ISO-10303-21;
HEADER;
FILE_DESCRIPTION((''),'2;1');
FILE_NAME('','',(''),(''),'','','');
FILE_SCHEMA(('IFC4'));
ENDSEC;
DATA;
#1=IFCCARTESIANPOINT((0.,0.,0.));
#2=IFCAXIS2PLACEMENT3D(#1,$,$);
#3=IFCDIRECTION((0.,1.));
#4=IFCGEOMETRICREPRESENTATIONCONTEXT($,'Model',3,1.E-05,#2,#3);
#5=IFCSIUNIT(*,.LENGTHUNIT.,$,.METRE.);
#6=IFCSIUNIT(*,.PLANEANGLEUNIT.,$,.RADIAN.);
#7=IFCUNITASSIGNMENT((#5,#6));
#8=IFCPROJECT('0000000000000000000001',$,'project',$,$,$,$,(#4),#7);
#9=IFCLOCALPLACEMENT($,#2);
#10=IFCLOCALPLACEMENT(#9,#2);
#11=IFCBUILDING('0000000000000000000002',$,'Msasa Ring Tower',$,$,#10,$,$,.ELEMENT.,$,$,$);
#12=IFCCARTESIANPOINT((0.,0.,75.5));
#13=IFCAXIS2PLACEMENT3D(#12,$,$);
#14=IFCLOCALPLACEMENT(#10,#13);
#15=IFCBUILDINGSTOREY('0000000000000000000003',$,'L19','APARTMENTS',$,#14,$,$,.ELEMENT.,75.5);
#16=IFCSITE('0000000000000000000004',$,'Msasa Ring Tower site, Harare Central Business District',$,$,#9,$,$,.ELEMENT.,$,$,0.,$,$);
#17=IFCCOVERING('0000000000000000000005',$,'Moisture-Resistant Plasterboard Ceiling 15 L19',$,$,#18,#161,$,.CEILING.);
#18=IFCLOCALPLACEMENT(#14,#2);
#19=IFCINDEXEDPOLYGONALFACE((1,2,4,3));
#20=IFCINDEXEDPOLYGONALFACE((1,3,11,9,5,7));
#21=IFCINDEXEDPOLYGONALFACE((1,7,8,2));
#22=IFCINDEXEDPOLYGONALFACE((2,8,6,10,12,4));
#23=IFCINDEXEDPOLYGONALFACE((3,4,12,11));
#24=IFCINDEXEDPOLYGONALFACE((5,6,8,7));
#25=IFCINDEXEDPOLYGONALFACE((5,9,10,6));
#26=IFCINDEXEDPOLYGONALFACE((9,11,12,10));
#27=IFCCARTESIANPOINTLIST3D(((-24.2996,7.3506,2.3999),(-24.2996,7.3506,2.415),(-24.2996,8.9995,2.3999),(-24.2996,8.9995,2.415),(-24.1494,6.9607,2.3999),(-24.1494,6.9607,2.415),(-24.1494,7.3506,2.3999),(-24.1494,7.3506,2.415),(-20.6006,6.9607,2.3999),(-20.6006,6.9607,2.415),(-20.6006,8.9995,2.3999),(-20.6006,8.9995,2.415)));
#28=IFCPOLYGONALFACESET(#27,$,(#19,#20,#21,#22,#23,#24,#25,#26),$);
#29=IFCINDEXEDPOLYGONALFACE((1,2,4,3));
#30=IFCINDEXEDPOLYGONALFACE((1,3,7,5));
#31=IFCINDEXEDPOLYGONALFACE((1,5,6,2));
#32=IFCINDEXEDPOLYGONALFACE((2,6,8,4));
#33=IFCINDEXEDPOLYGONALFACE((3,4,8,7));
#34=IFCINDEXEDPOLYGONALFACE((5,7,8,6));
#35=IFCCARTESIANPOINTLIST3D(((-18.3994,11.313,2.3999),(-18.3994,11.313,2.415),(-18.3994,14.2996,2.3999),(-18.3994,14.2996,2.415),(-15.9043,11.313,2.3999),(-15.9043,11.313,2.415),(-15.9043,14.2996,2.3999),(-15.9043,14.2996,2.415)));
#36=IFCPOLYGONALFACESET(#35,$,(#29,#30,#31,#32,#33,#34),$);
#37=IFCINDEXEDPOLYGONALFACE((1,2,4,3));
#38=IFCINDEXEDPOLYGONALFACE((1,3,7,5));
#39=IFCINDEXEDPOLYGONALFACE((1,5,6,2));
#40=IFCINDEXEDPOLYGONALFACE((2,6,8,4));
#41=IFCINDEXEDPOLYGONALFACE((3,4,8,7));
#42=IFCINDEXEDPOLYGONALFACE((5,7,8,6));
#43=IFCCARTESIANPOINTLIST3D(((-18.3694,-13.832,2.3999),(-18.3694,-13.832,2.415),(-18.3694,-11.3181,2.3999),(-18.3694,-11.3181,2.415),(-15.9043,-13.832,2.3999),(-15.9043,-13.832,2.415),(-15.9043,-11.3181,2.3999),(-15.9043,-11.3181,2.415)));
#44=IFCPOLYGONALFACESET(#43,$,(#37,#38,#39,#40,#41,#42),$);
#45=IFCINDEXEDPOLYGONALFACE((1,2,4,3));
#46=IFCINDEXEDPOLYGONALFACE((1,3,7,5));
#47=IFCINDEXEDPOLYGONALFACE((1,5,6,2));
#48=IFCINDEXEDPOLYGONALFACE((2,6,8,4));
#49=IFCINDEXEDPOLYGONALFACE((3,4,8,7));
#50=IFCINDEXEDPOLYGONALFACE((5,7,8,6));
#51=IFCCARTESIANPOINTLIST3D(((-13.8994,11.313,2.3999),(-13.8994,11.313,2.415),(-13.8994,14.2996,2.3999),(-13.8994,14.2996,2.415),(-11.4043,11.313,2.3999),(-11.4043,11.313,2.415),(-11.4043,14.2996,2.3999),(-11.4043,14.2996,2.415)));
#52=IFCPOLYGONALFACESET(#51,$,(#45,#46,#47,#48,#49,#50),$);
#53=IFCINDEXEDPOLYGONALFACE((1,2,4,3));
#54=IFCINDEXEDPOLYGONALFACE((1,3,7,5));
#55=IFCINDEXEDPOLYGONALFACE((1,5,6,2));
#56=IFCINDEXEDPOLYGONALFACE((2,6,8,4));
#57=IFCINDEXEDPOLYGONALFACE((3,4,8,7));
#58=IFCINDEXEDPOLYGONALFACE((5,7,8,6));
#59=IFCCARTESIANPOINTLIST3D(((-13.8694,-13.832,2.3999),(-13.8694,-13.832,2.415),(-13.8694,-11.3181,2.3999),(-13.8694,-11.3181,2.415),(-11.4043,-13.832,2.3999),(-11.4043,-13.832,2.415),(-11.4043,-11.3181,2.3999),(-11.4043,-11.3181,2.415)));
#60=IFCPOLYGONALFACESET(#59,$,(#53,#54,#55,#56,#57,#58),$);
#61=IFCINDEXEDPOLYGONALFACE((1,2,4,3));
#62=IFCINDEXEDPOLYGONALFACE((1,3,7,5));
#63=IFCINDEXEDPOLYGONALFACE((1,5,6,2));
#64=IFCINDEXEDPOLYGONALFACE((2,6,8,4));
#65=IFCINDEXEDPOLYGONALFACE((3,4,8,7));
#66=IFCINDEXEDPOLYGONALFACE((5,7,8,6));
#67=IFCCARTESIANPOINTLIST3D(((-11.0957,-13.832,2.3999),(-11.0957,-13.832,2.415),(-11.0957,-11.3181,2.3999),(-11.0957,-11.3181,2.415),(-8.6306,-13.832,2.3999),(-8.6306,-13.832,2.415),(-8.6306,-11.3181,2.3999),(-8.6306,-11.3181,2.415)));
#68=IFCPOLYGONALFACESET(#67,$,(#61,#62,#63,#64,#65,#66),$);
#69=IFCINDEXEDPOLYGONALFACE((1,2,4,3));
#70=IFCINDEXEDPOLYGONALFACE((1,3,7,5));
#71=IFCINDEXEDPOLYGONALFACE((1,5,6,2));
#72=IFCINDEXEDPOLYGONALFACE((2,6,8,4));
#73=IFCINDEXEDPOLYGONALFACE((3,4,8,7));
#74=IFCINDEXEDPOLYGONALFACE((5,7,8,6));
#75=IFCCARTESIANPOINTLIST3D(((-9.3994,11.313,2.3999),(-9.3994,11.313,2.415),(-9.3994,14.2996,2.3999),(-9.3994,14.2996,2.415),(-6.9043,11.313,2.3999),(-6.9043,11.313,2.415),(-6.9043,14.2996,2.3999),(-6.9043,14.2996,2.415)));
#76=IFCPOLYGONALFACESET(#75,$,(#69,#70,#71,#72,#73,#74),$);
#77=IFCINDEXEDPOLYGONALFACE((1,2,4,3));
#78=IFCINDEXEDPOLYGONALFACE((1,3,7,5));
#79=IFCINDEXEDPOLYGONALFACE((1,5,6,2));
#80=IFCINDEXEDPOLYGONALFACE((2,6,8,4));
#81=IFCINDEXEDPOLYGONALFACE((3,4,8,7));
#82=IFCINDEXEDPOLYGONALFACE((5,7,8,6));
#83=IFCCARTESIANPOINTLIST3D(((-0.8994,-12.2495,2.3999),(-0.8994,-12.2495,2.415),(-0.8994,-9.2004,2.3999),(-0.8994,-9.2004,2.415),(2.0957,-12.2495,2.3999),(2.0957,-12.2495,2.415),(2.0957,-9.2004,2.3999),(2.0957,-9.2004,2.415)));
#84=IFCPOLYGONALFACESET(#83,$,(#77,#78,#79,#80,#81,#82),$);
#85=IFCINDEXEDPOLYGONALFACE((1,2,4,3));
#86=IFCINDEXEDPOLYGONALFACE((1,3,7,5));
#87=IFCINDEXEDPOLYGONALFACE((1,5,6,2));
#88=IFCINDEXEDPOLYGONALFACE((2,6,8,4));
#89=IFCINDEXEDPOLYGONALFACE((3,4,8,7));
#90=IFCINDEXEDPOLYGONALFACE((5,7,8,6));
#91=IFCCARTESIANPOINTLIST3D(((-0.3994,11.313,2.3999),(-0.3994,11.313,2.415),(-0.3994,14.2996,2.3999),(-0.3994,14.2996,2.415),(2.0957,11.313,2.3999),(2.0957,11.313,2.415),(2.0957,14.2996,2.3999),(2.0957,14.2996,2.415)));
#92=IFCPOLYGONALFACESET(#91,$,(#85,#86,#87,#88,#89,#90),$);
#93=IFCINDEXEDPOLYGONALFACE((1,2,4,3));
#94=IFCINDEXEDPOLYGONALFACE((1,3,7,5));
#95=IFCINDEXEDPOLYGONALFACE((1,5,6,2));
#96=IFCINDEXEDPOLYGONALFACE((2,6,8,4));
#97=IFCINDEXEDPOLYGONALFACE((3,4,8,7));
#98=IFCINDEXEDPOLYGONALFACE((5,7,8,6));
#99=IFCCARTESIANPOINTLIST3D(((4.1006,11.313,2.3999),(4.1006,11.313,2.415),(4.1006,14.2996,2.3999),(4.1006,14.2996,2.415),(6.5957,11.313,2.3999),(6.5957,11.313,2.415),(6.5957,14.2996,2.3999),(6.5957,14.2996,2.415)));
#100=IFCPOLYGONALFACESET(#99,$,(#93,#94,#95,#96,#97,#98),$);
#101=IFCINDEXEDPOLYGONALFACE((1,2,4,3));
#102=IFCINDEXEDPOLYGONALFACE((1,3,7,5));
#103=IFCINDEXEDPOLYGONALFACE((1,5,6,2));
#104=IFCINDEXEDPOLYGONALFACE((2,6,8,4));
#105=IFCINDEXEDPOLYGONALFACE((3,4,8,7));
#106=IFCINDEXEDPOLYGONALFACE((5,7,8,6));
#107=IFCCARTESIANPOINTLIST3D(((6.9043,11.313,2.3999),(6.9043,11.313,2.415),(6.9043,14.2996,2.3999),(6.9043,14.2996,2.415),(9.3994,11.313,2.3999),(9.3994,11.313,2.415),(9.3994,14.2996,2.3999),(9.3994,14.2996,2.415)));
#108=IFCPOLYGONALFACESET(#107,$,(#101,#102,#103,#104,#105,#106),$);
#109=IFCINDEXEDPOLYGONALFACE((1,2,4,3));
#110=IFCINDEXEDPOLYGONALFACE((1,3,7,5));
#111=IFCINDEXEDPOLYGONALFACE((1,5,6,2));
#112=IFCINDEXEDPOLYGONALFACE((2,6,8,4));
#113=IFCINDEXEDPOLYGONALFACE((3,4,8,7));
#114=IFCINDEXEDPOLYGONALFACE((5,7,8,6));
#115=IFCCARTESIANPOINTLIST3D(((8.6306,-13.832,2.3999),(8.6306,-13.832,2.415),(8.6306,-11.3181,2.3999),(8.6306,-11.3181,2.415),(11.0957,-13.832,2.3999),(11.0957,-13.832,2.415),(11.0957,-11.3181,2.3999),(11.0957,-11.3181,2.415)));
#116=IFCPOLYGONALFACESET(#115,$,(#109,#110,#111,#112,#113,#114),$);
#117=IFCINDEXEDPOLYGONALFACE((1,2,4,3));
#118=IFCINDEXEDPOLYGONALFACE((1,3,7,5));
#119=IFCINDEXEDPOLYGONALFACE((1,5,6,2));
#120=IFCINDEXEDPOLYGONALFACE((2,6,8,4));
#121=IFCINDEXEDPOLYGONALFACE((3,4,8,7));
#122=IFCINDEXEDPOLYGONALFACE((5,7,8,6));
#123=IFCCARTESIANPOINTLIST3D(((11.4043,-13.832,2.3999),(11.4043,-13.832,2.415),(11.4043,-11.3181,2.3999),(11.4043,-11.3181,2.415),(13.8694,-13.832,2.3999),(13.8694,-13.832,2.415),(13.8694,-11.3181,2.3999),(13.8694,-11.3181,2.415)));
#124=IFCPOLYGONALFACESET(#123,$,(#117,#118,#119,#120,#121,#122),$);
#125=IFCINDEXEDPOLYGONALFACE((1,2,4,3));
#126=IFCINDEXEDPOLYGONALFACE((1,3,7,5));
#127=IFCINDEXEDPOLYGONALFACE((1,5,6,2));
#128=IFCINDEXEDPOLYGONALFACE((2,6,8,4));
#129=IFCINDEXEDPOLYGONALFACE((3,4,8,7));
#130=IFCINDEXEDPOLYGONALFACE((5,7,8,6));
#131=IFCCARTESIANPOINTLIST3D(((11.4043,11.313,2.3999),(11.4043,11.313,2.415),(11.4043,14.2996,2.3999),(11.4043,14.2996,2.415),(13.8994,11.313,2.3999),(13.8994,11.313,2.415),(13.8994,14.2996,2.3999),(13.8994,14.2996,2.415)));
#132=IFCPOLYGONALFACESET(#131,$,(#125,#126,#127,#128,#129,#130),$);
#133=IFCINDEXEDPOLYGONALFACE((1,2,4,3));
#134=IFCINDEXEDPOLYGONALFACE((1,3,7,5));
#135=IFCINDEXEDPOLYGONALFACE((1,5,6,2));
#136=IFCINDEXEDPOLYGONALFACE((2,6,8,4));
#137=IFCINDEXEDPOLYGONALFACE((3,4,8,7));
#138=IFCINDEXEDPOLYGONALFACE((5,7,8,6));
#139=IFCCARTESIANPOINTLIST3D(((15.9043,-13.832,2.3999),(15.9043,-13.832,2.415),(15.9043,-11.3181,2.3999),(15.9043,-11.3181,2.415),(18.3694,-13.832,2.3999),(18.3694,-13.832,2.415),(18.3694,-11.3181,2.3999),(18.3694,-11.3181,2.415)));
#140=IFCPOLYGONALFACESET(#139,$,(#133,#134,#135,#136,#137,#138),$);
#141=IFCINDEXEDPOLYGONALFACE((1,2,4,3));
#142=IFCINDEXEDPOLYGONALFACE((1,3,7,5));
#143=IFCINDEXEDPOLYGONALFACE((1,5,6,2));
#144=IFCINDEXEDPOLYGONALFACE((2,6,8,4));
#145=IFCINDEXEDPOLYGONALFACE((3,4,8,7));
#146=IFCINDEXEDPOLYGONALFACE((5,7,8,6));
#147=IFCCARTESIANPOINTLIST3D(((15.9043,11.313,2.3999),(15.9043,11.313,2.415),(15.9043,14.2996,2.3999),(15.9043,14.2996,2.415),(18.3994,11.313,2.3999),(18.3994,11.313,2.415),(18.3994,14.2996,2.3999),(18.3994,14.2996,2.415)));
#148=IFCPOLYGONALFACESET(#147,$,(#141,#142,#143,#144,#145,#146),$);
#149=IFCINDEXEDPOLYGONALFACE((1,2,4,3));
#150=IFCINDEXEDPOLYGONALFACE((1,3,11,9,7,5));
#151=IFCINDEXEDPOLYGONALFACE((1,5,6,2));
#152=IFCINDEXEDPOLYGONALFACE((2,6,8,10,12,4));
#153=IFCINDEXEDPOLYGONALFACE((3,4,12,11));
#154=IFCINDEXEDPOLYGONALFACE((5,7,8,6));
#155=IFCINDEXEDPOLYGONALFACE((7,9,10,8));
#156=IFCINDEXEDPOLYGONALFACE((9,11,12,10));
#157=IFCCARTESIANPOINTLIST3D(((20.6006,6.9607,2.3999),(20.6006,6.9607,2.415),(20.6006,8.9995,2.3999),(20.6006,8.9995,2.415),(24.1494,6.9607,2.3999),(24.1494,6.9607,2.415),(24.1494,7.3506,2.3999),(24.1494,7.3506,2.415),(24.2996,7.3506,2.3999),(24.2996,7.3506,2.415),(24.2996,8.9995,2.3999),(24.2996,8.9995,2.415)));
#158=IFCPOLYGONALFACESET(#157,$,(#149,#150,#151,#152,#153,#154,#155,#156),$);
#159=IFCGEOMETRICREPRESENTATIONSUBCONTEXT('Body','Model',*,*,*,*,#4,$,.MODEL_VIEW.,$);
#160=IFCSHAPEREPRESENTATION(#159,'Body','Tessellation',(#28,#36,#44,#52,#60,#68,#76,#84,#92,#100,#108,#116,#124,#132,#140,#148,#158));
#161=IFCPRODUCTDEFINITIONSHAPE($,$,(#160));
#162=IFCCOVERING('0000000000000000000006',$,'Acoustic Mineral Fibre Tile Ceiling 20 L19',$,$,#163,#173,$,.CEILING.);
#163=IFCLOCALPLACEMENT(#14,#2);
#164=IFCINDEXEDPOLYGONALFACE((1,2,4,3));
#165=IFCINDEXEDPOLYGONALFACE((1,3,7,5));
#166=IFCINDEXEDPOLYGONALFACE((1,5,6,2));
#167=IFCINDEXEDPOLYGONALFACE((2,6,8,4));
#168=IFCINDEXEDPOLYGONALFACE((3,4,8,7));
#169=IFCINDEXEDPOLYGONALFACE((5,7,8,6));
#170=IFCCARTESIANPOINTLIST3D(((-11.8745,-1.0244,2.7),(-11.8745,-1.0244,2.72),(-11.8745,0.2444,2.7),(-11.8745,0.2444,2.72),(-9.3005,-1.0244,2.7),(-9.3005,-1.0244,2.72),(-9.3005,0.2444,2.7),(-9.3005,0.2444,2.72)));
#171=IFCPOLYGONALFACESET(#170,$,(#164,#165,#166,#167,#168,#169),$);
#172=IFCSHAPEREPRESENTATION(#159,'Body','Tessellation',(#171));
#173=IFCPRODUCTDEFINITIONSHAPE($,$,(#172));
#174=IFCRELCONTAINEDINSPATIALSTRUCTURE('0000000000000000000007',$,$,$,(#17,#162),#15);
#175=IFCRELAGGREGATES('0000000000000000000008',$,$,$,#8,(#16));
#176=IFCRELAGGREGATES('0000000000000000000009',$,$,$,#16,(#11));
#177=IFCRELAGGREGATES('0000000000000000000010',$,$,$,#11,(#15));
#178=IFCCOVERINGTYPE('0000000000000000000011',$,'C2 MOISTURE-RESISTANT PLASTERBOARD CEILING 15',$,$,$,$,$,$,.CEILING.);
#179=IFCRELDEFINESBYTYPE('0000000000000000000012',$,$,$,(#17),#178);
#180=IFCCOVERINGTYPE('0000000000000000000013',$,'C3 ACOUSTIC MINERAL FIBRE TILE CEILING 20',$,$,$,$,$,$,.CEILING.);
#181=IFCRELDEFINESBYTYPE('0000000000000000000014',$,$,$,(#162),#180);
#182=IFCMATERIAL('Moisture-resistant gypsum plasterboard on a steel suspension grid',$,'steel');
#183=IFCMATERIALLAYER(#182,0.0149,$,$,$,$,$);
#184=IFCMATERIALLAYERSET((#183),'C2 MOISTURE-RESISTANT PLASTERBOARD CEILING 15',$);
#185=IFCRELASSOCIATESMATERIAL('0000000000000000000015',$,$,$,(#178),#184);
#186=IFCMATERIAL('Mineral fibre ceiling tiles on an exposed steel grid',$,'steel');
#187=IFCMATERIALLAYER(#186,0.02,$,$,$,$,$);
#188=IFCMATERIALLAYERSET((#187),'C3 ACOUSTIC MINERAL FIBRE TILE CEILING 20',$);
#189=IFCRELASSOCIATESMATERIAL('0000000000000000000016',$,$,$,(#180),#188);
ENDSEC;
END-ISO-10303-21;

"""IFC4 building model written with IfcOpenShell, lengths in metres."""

from ifc_helpers import new_model, si_unit, direction, frame, origin, place, context, subcontext, project, spatial, line, indexed_curve, outline, extrude, material, layer, layer_set, type_object, element, save


model = new_model("IFC4")

# Units and contexts
model_context = context("Model", 3, precision=1e-05, world=origin(), true_north=direction((0.0, 1.0)))
body_context = subcontext(model_context, "Body", "Model", "MODEL_VIEW")
ifc_project = project(units=[si_unit("LENGTHUNIT", "METRE"), si_unit("PLANEANGLEUNIT", "RADIAN")], contexts=[model_context])

# Site, building, storey
site_placement = place(None, origin())
site = spatial("IfcSite", under=ifc_project, at=site_placement, Name="Msasa Ring Tower site, Harare Central Business District", CompositionType="ELEMENT", RefElevation=0.0)
building_placement = place(site_placement, origin())
building = spatial("IfcBuilding", under=site, at=building_placement, Name="Msasa Ring Tower", CompositionType="ELEMENT")
storey_placement = place(building_placement, frame((0.0, 0.0, 75.5)))
storey = spatial("IfcBuildingStorey", under=building, at=storey_placement, Name="L19", Description="APARTMENTS", CompositionType="ELEMENT", Elevation=75.5)

# Coverings
ifc_material_1 = material(Name="Moisture-resistant gypsum plasterboard on a steel suspension grid", Category="steel")
ifc_layer_1 = layer(ifc_material_1, 0.0149)
ifc_layer_set_1 = layer_set([ifc_layer_1], Name="C2 MOISTURE-RESISTANT PLASTERBOARD CEILING 15")
covering_type_1 = type_object("IfcCoveringType", Name="C2 MOISTURE-RESISTANT PLASTERBOARD CEILING 15", PredefinedType="CEILING", material=ifc_layer_set_1)
covering_1_placement = place(storey_placement, frame((0.0, 0.0, 2.3999)))
element("IfcCovering", 1, at=covering_1_placement, inside=storey, type_object=covering_type_1, Name="Moisture-Resistant Plasterboard Ceiling 15 L19", PredefinedType="CEILING", context=body_context, shape_type="SweptSolid", body=[
    extrude(outline(indexed_curve([(-20.6006, 6.9607), (-24.1494, 6.9607), (-24.1494, 7.3506), (-24.2996, 7.3506), (-24.2996, 8.9995), (-20.6006, 8.9995)], segments=[line(1, 2, 3, 4, 5, 6, 1)], self_intersect=False)), origin(), (0.0, 0.0, 1.0), 0.0151),
    extrude(outline(indexed_curve([(-18.3994, 14.2996), (-15.9043, 14.2996), (-15.9043, 11.313), (-18.3994, 11.313)], segments=[line(1, 2, 3, 4, 1)], self_intersect=False)), origin(), (0.0, 0.0, 1.0), 0.0151),
    extrude(outline(indexed_curve([(-18.3694, -11.3181), (-15.9043, -11.3181), (-15.9043, -13.832), (-18.3694, -13.832)], segments=[line(1, 2, 3, 4, 1)], self_intersect=False)), origin(), (0.0, 0.0, 1.0), 0.0151),
    extrude(outline(indexed_curve([(-13.8994, 14.2996), (-11.4043, 14.2996), (-11.4043, 11.313), (-13.8994, 11.313)], segments=[line(1, 2, 3, 4, 1)], self_intersect=False)), origin(), (0.0, 0.0, 1.0), 0.0151),
    extrude(outline(indexed_curve([(-13.8694, -11.3181), (-11.4043, -11.3181), (-11.4043, -13.832), (-13.8694, -13.832)], segments=[line(1, 2, 3, 4, 1)], self_intersect=False)), origin(), (0.0, 0.0, 1.0), 0.0151),
    extrude(outline(indexed_curve([(-8.6306, -11.3181), (-8.6306, -13.832), (-11.0957, -13.832), (-11.0957, -11.3181)], segments=[line(1, 2, 3, 4, 1)], self_intersect=False)), origin(), (0.0, 0.0, 1.0), 0.0151),
    extrude(outline(indexed_curve([(-9.3994, 14.2996), (-6.9043, 14.2996), (-6.9043, 11.313), (-9.3994, 11.313)], segments=[line(1, 2, 3, 4, 1)], self_intersect=False)), origin(), (0.0, 0.0, 1.0), 0.0151),
    extrude(outline(indexed_curve([(-0.8994, -9.2004), (2.0957, -9.2004), (2.0957, -12.2495), (-0.8994, -12.2495)], segments=[line(1, 2, 3, 4, 1)], self_intersect=False)), origin(), (0.0, 0.0, 1.0), 0.0151),
    extrude(outline(indexed_curve([(-0.3994, 14.2996), (2.0957, 14.2996), (2.0957, 11.313), (-0.3994, 11.313)], segments=[line(1, 2, 3, 4, 1)], self_intersect=False)), origin(), (0.0, 0.0, 1.0), 0.0151),
    extrude(outline(indexed_curve([(4.1006, 14.2996), (6.5957, 14.2996), (6.5957, 11.313), (4.1006, 11.313)], segments=[line(1, 2, 3, 4, 1)], self_intersect=False)), origin(), (0.0, 0.0, 1.0), 0.0151),
    extrude(outline(indexed_curve([(9.3994, 14.2996), (9.3994, 11.313), (6.9043, 11.313), (6.9043, 14.2996)], segments=[line(1, 2, 3, 4, 1)], self_intersect=False)), origin(), (0.0, 0.0, 1.0), 0.0151),
    extrude(outline(indexed_curve([(8.6306, -11.3181), (11.0957, -11.3181), (11.0957, -13.832), (8.6306, -13.832)], segments=[line(1, 2, 3, 4, 1)], self_intersect=False)), origin(), (0.0, 0.0, 1.0), 0.0151),
    extrude(outline(indexed_curve([(13.8694, -11.3181), (13.8694, -13.832), (11.4043, -13.832), (11.4043, -11.3181)], segments=[line(1, 2, 3, 4, 1)], self_intersect=False)), origin(), (0.0, 0.0, 1.0), 0.0151),
    extrude(outline(indexed_curve([(13.8994, 14.2996), (13.8994, 11.313), (11.4043, 11.313), (11.4043, 14.2996)], segments=[line(1, 2, 3, 4, 1)], self_intersect=False)), origin(), (0.0, 0.0, 1.0), 0.0151),
    extrude(outline(indexed_curve([(18.3694, -11.3181), (18.3694, -13.832), (15.9043, -13.832), (15.9043, -11.3181)], segments=[line(1, 2, 3, 4, 1)], self_intersect=False)), origin(), (0.0, 0.0, 1.0), 0.0151),
    extrude(outline(indexed_curve([(18.3994, 14.2996), (18.3994, 11.313), (15.9043, 11.313), (15.9043, 14.2996)], segments=[line(1, 2, 3, 4, 1)], self_intersect=False)), origin(), (0.0, 0.0, 1.0), 0.0151),
    extrude(outline(indexed_curve([(20.6006, 8.9995), (24.2996, 8.9995), (24.2996, 7.3506), (24.1494, 7.3506), (24.1494, 6.9607), (20.6006, 6.9607)], segments=[line(1, 2, 3, 4, 5, 6, 1)], self_intersect=False)), origin(), (0.0, 0.0, 1.0), 0.0151),
])
ifc_material_2 = material(Name="Mineral fibre ceiling tiles on an exposed steel grid", Category="steel")
ifc_layer_2 = layer(ifc_material_2, 0.02)
ifc_layer_set_2 = layer_set([ifc_layer_2], Name="C3 ACOUSTIC MINERAL FIBRE TILE CEILING 20")
covering_type_2 = type_object("IfcCoveringType", Name="C3 ACOUSTIC MINERAL FIBRE TILE CEILING 20", PredefinedType="CEILING", material=ifc_layer_set_2)
covering_2_placement = place(storey_placement, frame((0.0, 0.0, 2.7)))
element("IfcCovering", 2, at=covering_2_placement, inside=storey, type_object=covering_type_2, Name="Acoustic Mineral Fibre Tile Ceiling 20 L19", PredefinedType="CEILING", context=body_context, shape_type="SweptSolid", body=[
    extrude(outline(indexed_curve([(-11.8745, 0.2444), (-9.3005, 0.2444), (-9.3005, -1.0244), (-11.8745, -1.0244)], segments=[line(1, 2, 3, 4, 1)], self_intersect=False)), origin(), (0.0, 0.0, 1.0), 0.02),
])

save(model, "model.ifc")
